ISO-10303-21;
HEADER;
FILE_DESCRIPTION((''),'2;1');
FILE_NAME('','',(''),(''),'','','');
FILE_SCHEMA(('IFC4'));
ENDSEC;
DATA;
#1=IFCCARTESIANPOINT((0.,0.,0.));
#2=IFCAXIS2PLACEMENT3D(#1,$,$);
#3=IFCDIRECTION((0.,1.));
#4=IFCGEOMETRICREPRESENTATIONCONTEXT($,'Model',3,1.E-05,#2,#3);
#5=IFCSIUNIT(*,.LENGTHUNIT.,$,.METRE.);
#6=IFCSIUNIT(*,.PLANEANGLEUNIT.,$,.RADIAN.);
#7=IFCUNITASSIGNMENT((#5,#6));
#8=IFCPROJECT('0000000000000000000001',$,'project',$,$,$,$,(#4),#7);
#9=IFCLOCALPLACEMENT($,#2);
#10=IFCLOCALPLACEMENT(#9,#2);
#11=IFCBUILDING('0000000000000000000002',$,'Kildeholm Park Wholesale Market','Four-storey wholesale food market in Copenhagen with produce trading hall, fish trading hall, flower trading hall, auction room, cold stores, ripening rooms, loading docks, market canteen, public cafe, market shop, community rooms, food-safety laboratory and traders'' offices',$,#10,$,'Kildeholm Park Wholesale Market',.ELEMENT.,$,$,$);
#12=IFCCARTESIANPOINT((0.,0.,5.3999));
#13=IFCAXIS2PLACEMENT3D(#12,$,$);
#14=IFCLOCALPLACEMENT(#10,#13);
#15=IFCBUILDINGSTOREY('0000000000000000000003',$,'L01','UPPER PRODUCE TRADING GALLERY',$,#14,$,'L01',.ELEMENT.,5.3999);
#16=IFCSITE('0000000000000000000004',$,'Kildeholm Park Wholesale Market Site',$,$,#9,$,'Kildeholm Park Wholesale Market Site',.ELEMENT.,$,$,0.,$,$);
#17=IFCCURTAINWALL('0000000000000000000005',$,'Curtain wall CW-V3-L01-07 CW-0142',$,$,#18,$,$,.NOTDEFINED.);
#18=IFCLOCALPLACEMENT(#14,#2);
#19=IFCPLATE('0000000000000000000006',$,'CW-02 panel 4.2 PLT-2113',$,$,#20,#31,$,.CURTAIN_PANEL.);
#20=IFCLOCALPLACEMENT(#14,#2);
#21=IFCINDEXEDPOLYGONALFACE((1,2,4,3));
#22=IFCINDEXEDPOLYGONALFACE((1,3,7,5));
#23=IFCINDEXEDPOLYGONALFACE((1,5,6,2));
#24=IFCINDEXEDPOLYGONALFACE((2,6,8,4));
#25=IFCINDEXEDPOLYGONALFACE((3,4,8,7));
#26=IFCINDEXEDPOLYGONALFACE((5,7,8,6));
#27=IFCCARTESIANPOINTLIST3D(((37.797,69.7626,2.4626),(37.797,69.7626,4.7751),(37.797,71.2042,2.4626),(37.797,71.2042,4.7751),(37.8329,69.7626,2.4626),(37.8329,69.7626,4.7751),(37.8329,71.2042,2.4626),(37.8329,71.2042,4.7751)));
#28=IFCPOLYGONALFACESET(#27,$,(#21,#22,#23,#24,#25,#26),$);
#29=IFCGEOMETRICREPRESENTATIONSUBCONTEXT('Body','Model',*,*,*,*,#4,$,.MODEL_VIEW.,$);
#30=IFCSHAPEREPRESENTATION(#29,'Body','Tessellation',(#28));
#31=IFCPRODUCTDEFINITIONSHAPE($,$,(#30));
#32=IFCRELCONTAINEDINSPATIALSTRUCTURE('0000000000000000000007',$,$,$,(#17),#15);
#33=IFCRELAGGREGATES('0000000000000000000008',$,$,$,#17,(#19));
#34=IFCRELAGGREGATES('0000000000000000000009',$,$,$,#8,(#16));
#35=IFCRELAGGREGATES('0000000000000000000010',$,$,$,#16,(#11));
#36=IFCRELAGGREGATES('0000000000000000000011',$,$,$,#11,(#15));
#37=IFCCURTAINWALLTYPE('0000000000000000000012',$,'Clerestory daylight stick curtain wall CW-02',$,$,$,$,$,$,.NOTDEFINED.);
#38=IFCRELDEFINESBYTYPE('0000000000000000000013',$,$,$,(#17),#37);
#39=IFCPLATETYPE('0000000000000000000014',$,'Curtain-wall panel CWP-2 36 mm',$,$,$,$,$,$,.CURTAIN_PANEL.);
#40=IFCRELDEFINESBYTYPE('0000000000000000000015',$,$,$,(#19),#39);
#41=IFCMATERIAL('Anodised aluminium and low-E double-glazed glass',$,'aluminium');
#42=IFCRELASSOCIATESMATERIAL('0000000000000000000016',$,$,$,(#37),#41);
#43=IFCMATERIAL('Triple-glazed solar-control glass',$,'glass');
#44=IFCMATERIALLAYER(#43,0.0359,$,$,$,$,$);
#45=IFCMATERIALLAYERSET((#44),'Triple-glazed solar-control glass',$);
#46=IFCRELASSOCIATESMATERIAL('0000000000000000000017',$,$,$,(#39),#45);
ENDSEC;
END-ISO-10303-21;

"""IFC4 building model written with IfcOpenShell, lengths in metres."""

from ifc_helpers import new_model, si_unit, direction, frame, origin, origin_2d, place, context, subcontext, project, spatial, rectangle, extrude, material, layer, layer_set, type_object, element, aggregate, save


model = new_model("IFC4")

# Units and contexts
model_context = context("Model", 3, precision=1e-05, world=origin(), true_north=direction((0.0, 1.0)))
body_context = subcontext(model_context, "Body", "Model", "MODEL_VIEW")
ifc_project = project(units=[si_unit("LENGTHUNIT", "METRE"), si_unit("PLANEANGLEUNIT", "RADIAN")], contexts=[model_context])

# Site, building, storey
site_placement = place(None, origin())
site = spatial("IfcSite", under=ifc_project, at=site_placement, Name="Kildeholm Park Wholesale Market Site", LongName="Kildeholm Park Wholesale Market Site", CompositionType="ELEMENT", RefElevation=0.0)
building_placement = place(site_placement, origin())
building = spatial("IfcBuilding", under=site, at=building_placement, Name="Kildeholm Park Wholesale Market", Description="Four-storey wholesale food market in Copenhagen with produce trading hall, fish trading hall, flower trading hall, auction room, cold stores, ripening rooms, loading docks, market canteen, public cafe, market shop, community rooms, food-safety laboratory and traders' offices", LongName="Kildeholm Park Wholesale Market", CompositionType="ELEMENT")
storey_placement = place(building_placement, frame((0.0, 0.0, 5.3999)))
storey = spatial("IfcBuildingStorey", under=building, at=storey_placement, Name="L01", Description="UPPER PRODUCE TRADING GALLERY", LongName="L01", CompositionType="ELEMENT", Elevation=5.3999)

# Curtain wall
ifc_material_1 = material(Name="Anodised aluminium and low-E double-glazed glass", Category="aluminium")
curtain_wall_type_1 = type_object("IfcCurtainWallType", Name="Clerestory daylight stick curtain wall CW-02", PredefinedType="NOTDEFINED", material=ifc_material_1)
curtain_wall_1_placement = place(storey_placement, origin())
curtain_wall_1 = element("IfcCurtainWall", 1, at=curtain_wall_1_placement, inside=storey, type_object=curtain_wall_type_1, Name="Curtain wall CW-V3-L01-07 CW-0142", PredefinedType="NOTDEFINED")

# Plate
ifc_material_2 = material(Name="Triple-glazed solar-control glass", Category="glass")
ifc_layer_1 = layer(ifc_material_2, 0.0359)
ifc_layer_set_1 = layer_set([ifc_layer_1], Name="Triple-glazed solar-control glass")
plate_type_1 = type_object("IfcPlateType", Name="Curtain-wall panel CWP-2 36 mm", PredefinedType="CURTAIN_PANEL", material=ifc_layer_set_1)
plate_1_placement = place(storey_placement, frame((37.8149, 70.4834, 2.4626), z_axis=(0.0, 0.0, 1.0), x_axis=(0.0, 1.0, 0.0)))
plate_1 = element("IfcPlate", 2, at=plate_1_placement, type_object=plate_type_1, Name="CW-02 panel 4.2 PLT-2113", PredefinedType="CURTAIN_PANEL", context=body_context, shape_type="SweptSolid", body=[
    extrude(rectangle(XDim=1.4417, YDim=0.0359, at=origin_2d()), origin(), (0.0, 0.0, 1.0), 2.3125),
])
aggregate(curtain_wall_1, [plate_1])

save(model, "model.ifc")
